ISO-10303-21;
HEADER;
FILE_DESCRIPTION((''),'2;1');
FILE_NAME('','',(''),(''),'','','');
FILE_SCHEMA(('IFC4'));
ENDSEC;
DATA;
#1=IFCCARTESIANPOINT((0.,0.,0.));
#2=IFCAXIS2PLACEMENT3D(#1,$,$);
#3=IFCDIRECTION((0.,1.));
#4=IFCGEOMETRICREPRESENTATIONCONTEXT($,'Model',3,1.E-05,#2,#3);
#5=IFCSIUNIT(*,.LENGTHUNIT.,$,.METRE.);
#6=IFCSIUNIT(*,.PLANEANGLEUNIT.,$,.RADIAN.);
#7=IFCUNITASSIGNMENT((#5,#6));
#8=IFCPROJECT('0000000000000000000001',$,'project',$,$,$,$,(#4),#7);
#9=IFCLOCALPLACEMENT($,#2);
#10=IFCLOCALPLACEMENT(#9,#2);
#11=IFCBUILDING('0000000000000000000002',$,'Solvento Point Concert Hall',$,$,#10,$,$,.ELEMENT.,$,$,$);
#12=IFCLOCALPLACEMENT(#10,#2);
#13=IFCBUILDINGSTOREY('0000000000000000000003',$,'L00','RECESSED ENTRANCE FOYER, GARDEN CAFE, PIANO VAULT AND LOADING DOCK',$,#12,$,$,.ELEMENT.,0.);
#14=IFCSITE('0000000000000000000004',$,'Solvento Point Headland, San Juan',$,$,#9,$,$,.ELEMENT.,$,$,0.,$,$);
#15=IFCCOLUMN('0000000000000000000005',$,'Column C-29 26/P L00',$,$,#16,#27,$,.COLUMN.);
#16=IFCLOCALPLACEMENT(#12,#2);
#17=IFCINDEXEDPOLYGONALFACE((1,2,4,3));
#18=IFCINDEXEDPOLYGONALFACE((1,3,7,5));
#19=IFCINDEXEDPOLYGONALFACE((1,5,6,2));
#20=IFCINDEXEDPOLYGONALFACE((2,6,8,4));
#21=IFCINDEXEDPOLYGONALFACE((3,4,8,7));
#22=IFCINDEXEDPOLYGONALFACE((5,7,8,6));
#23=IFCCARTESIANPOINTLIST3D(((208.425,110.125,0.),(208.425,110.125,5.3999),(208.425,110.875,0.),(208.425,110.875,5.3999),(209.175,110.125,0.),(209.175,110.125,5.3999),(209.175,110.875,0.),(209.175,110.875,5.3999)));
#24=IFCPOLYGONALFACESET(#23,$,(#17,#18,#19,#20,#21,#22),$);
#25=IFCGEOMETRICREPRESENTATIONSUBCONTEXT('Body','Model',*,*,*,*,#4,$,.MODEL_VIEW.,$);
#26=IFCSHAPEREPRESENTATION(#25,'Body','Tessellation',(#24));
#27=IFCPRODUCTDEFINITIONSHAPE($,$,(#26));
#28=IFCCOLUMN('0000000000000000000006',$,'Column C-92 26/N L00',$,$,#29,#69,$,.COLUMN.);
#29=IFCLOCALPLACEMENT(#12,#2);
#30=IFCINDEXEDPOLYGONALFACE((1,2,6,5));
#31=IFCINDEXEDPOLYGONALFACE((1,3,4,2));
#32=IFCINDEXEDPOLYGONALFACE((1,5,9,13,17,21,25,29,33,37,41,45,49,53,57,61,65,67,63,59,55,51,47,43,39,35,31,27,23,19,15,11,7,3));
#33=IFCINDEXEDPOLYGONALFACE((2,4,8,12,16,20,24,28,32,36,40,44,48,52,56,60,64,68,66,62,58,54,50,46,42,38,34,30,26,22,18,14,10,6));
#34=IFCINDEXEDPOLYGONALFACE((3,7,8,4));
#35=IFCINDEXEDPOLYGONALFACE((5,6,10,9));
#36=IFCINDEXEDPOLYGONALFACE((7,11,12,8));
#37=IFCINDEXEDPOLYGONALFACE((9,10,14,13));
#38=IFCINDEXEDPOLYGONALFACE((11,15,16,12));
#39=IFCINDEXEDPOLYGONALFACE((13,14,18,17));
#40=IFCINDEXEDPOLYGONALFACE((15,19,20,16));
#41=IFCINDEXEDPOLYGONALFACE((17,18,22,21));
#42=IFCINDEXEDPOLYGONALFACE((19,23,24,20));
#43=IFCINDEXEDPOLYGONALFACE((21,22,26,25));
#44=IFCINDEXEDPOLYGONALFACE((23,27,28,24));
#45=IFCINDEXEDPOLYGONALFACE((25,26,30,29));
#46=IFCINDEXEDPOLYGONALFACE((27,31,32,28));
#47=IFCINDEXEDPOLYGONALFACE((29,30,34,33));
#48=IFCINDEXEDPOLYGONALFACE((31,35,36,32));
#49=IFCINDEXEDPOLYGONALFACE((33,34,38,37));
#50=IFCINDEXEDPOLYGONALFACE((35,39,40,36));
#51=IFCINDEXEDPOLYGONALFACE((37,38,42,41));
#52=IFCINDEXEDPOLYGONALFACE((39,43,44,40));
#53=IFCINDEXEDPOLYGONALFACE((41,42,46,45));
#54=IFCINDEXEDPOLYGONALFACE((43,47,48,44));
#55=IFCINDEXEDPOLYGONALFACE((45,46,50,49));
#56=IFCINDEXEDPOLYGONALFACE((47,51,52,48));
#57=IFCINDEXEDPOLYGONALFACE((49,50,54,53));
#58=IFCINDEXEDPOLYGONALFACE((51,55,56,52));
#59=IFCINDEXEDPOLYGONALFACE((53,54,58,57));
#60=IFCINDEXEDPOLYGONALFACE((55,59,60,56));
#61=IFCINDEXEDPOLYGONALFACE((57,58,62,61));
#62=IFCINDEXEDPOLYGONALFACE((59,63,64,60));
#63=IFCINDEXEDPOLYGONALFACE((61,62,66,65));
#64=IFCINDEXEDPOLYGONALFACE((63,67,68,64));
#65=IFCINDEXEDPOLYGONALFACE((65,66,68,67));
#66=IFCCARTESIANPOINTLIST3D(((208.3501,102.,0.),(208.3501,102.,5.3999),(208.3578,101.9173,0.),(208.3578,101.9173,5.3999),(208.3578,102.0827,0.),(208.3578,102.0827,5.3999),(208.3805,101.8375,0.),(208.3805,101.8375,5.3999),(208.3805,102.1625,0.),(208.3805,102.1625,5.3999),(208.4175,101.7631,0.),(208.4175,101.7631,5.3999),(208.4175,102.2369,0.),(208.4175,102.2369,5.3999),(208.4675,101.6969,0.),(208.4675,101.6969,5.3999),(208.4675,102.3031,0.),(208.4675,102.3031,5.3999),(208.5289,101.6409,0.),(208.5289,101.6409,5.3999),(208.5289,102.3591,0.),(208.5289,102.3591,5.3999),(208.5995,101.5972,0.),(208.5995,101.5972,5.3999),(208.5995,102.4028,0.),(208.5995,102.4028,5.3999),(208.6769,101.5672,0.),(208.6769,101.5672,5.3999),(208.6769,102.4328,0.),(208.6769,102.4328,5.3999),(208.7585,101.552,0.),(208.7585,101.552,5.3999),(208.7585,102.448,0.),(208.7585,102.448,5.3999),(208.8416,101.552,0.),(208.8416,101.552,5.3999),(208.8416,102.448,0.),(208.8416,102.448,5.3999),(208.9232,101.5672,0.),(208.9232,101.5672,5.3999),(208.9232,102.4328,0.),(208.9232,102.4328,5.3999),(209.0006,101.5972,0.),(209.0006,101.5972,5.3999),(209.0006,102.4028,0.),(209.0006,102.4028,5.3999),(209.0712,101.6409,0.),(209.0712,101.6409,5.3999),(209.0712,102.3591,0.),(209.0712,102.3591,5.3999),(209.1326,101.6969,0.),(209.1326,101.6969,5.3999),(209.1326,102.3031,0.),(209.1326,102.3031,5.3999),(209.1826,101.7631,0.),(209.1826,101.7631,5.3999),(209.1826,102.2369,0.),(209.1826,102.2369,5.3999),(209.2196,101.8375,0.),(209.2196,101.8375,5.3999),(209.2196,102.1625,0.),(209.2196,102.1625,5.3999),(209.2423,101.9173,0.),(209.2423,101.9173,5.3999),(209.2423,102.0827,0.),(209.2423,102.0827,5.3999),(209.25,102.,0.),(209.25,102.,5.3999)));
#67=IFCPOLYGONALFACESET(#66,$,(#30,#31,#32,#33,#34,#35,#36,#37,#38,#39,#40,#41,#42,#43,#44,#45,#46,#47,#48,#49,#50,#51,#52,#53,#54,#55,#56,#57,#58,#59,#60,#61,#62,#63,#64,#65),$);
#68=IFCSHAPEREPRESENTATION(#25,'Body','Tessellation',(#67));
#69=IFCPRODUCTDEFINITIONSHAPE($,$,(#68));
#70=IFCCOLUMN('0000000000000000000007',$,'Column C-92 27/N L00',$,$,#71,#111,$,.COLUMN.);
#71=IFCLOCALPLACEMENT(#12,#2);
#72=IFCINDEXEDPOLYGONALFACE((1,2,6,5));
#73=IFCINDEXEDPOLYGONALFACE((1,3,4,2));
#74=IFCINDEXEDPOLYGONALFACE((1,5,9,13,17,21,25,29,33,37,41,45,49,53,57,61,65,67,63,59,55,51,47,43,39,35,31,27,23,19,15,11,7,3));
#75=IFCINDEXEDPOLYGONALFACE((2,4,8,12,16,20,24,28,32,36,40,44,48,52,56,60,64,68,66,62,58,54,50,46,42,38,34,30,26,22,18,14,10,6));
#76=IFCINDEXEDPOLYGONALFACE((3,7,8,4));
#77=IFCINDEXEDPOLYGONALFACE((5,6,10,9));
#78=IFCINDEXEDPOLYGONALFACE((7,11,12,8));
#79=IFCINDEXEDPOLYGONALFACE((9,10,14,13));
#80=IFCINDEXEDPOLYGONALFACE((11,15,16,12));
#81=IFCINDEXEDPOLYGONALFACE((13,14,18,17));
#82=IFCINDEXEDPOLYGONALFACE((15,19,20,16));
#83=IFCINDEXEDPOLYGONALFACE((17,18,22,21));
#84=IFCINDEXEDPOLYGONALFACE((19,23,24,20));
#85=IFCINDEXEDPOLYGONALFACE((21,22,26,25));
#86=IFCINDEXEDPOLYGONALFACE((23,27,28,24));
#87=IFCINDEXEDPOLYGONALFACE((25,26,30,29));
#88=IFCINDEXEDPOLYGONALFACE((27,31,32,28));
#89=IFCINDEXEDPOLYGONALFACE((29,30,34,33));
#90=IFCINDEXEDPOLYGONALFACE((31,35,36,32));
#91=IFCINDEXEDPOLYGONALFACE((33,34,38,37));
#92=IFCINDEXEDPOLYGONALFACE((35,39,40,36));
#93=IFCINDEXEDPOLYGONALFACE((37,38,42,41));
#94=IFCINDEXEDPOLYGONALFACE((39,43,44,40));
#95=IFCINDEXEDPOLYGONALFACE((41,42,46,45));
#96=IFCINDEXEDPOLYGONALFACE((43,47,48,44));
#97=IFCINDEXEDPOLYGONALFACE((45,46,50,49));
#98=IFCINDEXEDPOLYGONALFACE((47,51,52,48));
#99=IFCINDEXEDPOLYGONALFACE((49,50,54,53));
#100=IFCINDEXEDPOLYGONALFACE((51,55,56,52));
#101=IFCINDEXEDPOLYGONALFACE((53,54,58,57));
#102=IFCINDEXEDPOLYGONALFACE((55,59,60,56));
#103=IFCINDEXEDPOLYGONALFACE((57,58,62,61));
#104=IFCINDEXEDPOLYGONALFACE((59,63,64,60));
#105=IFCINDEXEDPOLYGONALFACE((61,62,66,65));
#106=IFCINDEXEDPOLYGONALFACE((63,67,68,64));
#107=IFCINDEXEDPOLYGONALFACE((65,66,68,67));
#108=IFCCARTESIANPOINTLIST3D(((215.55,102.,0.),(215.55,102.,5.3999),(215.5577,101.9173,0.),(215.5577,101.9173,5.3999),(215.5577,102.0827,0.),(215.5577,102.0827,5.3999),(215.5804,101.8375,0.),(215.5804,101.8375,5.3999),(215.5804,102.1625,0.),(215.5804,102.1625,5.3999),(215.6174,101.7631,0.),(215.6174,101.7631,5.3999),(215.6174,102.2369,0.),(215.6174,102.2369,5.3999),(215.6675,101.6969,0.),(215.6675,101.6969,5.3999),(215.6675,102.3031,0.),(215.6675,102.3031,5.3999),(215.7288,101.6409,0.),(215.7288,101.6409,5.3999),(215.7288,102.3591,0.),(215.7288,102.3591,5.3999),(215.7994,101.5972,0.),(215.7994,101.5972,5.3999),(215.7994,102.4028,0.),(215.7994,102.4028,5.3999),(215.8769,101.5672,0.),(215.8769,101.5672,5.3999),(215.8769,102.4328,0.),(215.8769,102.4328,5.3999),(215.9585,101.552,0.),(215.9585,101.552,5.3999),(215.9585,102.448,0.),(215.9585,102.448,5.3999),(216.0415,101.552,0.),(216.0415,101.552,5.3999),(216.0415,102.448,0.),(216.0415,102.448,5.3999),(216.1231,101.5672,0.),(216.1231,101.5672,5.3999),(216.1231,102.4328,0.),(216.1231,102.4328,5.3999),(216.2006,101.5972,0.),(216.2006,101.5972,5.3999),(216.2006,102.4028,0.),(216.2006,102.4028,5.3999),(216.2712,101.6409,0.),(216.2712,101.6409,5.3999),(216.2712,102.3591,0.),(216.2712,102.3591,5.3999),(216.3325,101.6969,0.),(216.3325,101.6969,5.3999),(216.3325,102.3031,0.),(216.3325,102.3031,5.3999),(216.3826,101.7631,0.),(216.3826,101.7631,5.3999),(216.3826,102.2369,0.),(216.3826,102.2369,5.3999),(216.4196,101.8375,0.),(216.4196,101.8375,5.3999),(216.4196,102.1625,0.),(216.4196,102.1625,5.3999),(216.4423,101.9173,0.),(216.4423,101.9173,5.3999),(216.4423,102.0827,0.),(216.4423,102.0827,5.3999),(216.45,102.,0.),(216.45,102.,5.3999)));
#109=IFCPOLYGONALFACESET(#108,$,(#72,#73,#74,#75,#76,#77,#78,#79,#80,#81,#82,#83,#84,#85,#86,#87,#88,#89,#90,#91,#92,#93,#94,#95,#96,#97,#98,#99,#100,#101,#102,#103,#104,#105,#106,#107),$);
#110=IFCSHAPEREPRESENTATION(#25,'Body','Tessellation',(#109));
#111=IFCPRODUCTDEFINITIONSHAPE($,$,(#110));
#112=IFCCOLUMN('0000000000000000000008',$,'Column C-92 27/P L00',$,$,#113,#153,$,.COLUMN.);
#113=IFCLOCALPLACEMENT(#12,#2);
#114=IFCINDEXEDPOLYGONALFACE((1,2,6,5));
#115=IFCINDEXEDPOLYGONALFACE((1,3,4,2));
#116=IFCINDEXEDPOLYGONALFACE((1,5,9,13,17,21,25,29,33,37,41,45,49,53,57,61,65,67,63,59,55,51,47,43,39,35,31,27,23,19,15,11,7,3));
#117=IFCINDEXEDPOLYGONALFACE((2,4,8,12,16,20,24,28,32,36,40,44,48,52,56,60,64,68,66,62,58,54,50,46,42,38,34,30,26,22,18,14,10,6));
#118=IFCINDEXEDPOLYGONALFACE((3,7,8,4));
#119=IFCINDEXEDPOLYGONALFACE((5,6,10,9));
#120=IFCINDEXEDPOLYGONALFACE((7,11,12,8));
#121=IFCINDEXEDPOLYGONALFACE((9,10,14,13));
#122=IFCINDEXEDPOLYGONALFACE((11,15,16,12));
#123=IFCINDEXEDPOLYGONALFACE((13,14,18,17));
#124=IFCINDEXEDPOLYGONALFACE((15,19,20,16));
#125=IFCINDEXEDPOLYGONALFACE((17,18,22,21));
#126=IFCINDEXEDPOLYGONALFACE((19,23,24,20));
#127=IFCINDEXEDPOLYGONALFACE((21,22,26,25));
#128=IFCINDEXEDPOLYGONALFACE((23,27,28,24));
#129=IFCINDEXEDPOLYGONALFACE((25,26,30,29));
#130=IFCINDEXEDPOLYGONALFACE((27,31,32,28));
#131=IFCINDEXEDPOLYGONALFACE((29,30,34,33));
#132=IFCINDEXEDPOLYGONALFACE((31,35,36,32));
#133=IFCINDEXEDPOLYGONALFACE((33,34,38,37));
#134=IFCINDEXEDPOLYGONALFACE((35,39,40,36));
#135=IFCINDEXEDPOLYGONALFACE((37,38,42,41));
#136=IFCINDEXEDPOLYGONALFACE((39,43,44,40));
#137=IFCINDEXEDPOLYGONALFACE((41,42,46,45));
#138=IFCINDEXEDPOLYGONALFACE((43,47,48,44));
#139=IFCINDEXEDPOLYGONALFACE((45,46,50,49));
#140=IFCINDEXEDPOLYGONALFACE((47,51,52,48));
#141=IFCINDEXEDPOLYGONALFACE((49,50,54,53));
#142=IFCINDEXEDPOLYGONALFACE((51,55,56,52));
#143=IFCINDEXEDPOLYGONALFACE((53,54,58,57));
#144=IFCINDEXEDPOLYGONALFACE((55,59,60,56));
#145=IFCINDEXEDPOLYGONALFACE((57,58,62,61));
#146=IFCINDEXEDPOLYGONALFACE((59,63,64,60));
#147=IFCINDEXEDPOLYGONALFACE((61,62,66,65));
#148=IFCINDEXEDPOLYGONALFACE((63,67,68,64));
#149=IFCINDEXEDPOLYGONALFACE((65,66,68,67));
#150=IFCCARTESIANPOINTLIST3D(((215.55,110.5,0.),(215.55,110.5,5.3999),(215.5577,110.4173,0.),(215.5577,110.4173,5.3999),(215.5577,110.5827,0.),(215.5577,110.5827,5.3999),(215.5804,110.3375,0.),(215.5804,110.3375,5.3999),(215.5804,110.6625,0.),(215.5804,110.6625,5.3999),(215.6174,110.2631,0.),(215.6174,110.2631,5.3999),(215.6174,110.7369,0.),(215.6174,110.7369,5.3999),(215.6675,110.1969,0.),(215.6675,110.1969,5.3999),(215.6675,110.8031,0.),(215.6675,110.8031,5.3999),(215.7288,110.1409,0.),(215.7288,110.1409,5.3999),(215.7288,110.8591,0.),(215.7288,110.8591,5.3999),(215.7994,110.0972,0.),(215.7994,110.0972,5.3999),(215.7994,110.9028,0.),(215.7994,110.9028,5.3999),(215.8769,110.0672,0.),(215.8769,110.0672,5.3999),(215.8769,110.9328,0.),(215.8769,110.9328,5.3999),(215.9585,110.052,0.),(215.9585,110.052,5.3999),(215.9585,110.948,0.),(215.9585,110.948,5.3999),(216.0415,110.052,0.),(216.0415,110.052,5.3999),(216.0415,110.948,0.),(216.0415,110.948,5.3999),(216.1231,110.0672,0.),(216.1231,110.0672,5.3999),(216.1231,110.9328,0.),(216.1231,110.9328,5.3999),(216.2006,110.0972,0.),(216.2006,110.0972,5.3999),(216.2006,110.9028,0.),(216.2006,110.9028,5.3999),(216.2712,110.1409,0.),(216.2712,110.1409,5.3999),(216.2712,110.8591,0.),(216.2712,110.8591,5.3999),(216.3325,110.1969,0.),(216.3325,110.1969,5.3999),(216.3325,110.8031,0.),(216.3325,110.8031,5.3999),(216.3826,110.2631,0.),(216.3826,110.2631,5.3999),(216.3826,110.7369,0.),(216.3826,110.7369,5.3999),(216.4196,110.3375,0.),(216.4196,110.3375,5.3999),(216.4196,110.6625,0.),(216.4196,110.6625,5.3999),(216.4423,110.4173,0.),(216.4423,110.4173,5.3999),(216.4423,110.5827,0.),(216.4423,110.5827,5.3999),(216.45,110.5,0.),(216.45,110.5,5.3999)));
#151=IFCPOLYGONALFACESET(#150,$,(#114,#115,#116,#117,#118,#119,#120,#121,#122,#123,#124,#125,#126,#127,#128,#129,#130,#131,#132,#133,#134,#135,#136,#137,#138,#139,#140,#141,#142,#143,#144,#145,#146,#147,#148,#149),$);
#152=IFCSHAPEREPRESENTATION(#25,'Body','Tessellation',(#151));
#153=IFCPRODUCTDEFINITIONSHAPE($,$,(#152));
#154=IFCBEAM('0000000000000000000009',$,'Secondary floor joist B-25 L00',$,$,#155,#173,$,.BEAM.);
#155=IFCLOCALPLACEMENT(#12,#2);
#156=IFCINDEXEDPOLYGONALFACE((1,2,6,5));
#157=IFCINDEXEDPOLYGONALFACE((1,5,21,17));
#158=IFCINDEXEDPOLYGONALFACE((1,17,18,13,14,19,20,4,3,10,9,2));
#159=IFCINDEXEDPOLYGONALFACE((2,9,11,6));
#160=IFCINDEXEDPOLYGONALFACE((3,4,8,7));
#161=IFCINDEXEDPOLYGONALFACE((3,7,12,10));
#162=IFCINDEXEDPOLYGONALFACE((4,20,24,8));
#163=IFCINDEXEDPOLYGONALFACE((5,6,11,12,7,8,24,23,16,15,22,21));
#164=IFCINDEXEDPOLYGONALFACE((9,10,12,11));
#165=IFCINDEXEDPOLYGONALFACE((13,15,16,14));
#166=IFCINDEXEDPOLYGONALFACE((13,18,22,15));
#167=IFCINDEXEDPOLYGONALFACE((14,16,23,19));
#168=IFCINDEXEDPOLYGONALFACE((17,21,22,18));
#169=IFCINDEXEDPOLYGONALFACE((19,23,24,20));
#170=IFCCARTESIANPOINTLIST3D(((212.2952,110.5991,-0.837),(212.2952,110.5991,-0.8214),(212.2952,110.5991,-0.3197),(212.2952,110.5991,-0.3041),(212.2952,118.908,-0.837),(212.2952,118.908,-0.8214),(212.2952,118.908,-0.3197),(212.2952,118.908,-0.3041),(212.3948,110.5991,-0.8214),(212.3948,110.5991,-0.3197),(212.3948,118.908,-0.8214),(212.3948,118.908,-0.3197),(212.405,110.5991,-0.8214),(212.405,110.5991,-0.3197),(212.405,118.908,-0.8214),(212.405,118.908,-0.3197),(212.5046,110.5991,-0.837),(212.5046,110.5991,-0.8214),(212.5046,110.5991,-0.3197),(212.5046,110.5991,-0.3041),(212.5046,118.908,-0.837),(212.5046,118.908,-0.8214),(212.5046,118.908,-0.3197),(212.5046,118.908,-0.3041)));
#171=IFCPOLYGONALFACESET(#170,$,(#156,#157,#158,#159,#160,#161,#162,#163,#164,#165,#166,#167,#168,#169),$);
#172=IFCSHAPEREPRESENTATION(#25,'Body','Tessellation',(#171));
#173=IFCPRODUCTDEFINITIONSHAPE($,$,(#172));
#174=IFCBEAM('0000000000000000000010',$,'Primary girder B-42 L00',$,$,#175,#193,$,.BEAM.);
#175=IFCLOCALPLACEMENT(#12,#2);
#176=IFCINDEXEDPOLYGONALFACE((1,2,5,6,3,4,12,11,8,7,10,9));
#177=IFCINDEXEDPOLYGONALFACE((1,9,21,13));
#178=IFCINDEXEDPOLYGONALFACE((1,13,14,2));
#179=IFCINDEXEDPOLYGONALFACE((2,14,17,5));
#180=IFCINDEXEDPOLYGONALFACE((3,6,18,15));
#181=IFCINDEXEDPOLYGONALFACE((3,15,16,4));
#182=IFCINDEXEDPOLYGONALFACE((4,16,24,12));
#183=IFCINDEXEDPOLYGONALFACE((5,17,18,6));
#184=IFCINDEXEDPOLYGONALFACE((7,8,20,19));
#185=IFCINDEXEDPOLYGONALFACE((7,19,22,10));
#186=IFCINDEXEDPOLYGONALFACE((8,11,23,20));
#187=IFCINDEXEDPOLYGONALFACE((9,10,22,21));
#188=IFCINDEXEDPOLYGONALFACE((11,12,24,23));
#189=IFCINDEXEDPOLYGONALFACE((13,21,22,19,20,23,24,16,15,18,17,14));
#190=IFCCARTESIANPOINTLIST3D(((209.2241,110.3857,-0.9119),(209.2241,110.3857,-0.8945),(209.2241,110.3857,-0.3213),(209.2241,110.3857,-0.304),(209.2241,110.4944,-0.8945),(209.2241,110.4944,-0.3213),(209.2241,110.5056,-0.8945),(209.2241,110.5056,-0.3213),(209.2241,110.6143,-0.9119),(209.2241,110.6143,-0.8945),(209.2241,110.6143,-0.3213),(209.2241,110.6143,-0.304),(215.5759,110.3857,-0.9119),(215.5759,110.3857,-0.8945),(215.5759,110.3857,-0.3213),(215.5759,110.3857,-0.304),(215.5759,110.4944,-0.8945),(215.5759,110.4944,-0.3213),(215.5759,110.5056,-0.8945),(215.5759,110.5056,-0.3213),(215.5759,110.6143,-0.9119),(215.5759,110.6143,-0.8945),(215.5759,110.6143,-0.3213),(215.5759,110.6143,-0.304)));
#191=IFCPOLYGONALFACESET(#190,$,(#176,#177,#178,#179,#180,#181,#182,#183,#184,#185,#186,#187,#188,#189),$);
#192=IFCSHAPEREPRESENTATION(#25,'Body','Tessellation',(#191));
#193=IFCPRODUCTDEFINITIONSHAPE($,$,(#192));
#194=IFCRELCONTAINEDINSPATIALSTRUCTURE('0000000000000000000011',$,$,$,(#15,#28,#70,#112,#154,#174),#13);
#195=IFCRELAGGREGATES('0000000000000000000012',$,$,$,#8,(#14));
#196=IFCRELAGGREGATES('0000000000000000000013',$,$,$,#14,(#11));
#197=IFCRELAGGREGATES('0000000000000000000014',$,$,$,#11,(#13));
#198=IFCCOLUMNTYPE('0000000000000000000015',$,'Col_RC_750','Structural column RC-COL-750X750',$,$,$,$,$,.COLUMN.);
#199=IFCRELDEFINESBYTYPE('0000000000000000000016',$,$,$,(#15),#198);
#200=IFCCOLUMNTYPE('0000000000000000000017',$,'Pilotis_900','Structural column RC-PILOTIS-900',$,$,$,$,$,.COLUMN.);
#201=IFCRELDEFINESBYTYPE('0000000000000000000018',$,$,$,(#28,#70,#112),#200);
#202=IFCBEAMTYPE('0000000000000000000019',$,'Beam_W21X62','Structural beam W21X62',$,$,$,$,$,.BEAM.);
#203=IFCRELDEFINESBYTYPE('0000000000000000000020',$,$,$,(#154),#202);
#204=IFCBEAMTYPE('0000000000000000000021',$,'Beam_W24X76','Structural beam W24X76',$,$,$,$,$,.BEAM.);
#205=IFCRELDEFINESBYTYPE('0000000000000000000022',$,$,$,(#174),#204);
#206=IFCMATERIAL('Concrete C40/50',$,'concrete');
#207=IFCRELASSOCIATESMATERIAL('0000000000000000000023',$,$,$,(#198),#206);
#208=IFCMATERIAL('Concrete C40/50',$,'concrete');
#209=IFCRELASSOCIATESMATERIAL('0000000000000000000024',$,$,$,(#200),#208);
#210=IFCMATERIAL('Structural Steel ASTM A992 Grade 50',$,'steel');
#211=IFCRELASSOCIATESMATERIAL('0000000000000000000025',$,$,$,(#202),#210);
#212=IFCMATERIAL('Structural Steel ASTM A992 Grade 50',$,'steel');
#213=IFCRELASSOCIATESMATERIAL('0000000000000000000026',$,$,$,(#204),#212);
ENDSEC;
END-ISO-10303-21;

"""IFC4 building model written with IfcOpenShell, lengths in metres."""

from ifc_helpers import new_model, si_unit, direction, frame, origin, origin_2d, place, context, subcontext, project, spatial, rectangle, circle, i_section, extrude, material, material_profile, profile_set, type_object, element, save


model = new_model("IFC4")

# Units and contexts
model_context = context("Model", 3, precision=1e-05, world=origin(), true_north=direction((0.0, 1.0)))
body_context = subcontext(model_context, "Body", "Model", "MODEL_VIEW")
ifc_project = project(units=[si_unit("LENGTHUNIT", "METRE"), si_unit("PLANEANGLEUNIT", "RADIAN")], contexts=[model_context])

# Site, building, storey
site_placement = place(None, origin())
site = spatial("IfcSite", under=ifc_project, at=site_placement, Name="Solvento Point Headland, San Juan", CompositionType="ELEMENT", RefElevation=0.0)
building_placement = place(site_placement, origin())
building = spatial("IfcBuilding", under=site, at=building_placement, Name="Solvento Point Concert Hall", CompositionType="ELEMENT")
storey_placement = place(building_placement, origin())
storey = spatial("IfcBuildingStorey", under=building, at=storey_placement, Name="L00", Description="RECESSED ENTRANCE FOYER, GARDEN CAFE, PIANO VAULT AND LOADING DOCK", CompositionType="ELEMENT", Elevation=0.0)

# Columns
ifc_material_1 = material(Name="Concrete C40/50", Category="concrete")
ifc_material_profile_1 = material_profile(ifc_material_1, rectangle(XDim=0.75, YDim=0.75, at=origin_2d()), Name="RC-COL-750X750")
ifc_profile_set_1 = profile_set([ifc_material_profile_1], Name="Concrete C40/50")
column_type_1 = type_object("IfcColumnType", Name="Col_RC_750", Description="Structural column RC-COL-750X750", PredefinedType="COLUMN", material=ifc_profile_set_1)
column_placement = place(storey_placement, frame((208.8, 110.5, 0.0), z_axis=(0.0, 0.0, 1.0), x_axis=(1.0, 0.0, 0.0)))
element("IfcColumn", 1, at=column_placement, inside=storey, type_object=column_type_1, Name="Column C-29 26/P L00", PredefinedType="COLUMN", context=body_context, shape_type="SweptSolid", body=[
    extrude(rectangle(XDim=0.75, YDim=0.75, at=origin_2d()), origin(), (0.0, 0.0, 1.0), 5.3999),
])
ifc_material_2 = material(Name="Concrete C40/50", Category="concrete")
ifc_material_profile_2 = material_profile(ifc_material_2, circle(Radius=0.45, at=origin_2d()), Name="RC-PILOTIS-900")
ifc_profile_set_2 = profile_set([ifc_material_profile_2], Name="Concrete C40/50")
column_type_2 = type_object("IfcColumnType", Name="Pilotis_900", Description="Structural column RC-PILOTIS-900", PredefinedType="COLUMN", material=ifc_profile_set_2)
for number, where, z_axis, x_axis, name in (
    (2, (208.8, 102.0, 0.0), (0.0, 0.0, 1.0), (1.0, 0.0, 0.0), "Column C-92 26/N L00"),
    (3, (216.0, 102.0, 0.0), (0.0, 0.0, 1.0), (1.0, 0.0, 0.0), "Column C-92 27/N L00"),
    (4, (216.0, 110.5, 0.0), (0.0, 0.0, 1.0), (1.0, 0.0, 0.0), "Column C-92 27/P L00"),
):
    element("IfcColumn", number, at=place(storey_placement, frame(where, z_axis=z_axis, x_axis=x_axis)), inside=storey, type_object=column_type_2, Name=name, PredefinedType="COLUMN", context=body_context, shape_type="SweptSolid", body=[
        extrude(circle(Radius=0.45, at=origin_2d()), origin(), (0.0, 0.0, 1.0), 5.3999),
    ])

# Beams
ifc_material_3 = material(Name="Structural Steel ASTM A992 Grade 50", Category="steel")
ifc_material_profile_3 = material_profile(ifc_material_3, i_section(OverallWidth=0.2095, OverallDepth=0.533, WebThickness=0.0103, FlangeThickness=0.0156, at=origin_2d()), Name="W21X62")
ifc_profile_set_3 = profile_set([ifc_material_profile_3], Name="Structural Steel ASTM A992 Grade 50")
beam_type_1 = type_object("IfcBeamType", Name="Beam_W21X62", Description="Structural beam W21X62", PredefinedType="BEAM", material=ifc_profile_set_3)
beam_1_placement = place(storey_placement, frame((212.3999, 110.5991, -0.5706), z_axis=(0.0, 1.0, 0.0), x_axis=(-1.0, 0.0, 0.0)))
element("IfcBeam", 5, at=beam_1_placement, inside=storey, type_object=beam_type_1, Name="Secondary floor joist B-25 L00", PredefinedType="BEAM", context=body_context, shape_type="SweptSolid", body=[
    extrude(i_section(OverallWidth=0.2095, OverallDepth=0.533, WebThickness=0.0103, FlangeThickness=0.0156, at=origin_2d()), origin(), (0.0, 0.0, 1.0), 8.3088),
])
ifc_material_4 = material(Name="Structural Steel ASTM A992 Grade 50", Category="steel")
ifc_material_profile_4 = material_profile(ifc_material_4, i_section(OverallWidth=0.2285, OverallDepth=0.6079, WebThickness=0.0112, FlangeThickness=0.0173, at=origin_2d()), Name="W24X76")
ifc_profile_set_4 = profile_set([ifc_material_profile_4], Name="Structural Steel ASTM A992 Grade 50")
beam_type_2 = type_object("IfcBeamType", Name="Beam_W24X76", Description="Structural beam W24X76", PredefinedType="BEAM", material=ifc_profile_set_4)
beam_2_placement = place(storey_placement, frame((209.2241, 110.5, -0.6079), z_axis=(1.0, 0.0, 0.0), x_axis=(0.0, 1.0, 0.0)))
element("IfcBeam", 6, at=beam_2_placement, inside=storey, type_object=beam_type_2, Name="Primary girder B-42 L00", PredefinedType="BEAM", context=body_context, shape_type="SweptSolid", body=[
    extrude(i_section(OverallWidth=0.2285, OverallDepth=0.6079, WebThickness=0.0112, FlangeThickness=0.0173, at=origin_2d()), origin(), (0.0, 0.0, 1.0), 6.3518),
])

save(model, "model.ifc")
